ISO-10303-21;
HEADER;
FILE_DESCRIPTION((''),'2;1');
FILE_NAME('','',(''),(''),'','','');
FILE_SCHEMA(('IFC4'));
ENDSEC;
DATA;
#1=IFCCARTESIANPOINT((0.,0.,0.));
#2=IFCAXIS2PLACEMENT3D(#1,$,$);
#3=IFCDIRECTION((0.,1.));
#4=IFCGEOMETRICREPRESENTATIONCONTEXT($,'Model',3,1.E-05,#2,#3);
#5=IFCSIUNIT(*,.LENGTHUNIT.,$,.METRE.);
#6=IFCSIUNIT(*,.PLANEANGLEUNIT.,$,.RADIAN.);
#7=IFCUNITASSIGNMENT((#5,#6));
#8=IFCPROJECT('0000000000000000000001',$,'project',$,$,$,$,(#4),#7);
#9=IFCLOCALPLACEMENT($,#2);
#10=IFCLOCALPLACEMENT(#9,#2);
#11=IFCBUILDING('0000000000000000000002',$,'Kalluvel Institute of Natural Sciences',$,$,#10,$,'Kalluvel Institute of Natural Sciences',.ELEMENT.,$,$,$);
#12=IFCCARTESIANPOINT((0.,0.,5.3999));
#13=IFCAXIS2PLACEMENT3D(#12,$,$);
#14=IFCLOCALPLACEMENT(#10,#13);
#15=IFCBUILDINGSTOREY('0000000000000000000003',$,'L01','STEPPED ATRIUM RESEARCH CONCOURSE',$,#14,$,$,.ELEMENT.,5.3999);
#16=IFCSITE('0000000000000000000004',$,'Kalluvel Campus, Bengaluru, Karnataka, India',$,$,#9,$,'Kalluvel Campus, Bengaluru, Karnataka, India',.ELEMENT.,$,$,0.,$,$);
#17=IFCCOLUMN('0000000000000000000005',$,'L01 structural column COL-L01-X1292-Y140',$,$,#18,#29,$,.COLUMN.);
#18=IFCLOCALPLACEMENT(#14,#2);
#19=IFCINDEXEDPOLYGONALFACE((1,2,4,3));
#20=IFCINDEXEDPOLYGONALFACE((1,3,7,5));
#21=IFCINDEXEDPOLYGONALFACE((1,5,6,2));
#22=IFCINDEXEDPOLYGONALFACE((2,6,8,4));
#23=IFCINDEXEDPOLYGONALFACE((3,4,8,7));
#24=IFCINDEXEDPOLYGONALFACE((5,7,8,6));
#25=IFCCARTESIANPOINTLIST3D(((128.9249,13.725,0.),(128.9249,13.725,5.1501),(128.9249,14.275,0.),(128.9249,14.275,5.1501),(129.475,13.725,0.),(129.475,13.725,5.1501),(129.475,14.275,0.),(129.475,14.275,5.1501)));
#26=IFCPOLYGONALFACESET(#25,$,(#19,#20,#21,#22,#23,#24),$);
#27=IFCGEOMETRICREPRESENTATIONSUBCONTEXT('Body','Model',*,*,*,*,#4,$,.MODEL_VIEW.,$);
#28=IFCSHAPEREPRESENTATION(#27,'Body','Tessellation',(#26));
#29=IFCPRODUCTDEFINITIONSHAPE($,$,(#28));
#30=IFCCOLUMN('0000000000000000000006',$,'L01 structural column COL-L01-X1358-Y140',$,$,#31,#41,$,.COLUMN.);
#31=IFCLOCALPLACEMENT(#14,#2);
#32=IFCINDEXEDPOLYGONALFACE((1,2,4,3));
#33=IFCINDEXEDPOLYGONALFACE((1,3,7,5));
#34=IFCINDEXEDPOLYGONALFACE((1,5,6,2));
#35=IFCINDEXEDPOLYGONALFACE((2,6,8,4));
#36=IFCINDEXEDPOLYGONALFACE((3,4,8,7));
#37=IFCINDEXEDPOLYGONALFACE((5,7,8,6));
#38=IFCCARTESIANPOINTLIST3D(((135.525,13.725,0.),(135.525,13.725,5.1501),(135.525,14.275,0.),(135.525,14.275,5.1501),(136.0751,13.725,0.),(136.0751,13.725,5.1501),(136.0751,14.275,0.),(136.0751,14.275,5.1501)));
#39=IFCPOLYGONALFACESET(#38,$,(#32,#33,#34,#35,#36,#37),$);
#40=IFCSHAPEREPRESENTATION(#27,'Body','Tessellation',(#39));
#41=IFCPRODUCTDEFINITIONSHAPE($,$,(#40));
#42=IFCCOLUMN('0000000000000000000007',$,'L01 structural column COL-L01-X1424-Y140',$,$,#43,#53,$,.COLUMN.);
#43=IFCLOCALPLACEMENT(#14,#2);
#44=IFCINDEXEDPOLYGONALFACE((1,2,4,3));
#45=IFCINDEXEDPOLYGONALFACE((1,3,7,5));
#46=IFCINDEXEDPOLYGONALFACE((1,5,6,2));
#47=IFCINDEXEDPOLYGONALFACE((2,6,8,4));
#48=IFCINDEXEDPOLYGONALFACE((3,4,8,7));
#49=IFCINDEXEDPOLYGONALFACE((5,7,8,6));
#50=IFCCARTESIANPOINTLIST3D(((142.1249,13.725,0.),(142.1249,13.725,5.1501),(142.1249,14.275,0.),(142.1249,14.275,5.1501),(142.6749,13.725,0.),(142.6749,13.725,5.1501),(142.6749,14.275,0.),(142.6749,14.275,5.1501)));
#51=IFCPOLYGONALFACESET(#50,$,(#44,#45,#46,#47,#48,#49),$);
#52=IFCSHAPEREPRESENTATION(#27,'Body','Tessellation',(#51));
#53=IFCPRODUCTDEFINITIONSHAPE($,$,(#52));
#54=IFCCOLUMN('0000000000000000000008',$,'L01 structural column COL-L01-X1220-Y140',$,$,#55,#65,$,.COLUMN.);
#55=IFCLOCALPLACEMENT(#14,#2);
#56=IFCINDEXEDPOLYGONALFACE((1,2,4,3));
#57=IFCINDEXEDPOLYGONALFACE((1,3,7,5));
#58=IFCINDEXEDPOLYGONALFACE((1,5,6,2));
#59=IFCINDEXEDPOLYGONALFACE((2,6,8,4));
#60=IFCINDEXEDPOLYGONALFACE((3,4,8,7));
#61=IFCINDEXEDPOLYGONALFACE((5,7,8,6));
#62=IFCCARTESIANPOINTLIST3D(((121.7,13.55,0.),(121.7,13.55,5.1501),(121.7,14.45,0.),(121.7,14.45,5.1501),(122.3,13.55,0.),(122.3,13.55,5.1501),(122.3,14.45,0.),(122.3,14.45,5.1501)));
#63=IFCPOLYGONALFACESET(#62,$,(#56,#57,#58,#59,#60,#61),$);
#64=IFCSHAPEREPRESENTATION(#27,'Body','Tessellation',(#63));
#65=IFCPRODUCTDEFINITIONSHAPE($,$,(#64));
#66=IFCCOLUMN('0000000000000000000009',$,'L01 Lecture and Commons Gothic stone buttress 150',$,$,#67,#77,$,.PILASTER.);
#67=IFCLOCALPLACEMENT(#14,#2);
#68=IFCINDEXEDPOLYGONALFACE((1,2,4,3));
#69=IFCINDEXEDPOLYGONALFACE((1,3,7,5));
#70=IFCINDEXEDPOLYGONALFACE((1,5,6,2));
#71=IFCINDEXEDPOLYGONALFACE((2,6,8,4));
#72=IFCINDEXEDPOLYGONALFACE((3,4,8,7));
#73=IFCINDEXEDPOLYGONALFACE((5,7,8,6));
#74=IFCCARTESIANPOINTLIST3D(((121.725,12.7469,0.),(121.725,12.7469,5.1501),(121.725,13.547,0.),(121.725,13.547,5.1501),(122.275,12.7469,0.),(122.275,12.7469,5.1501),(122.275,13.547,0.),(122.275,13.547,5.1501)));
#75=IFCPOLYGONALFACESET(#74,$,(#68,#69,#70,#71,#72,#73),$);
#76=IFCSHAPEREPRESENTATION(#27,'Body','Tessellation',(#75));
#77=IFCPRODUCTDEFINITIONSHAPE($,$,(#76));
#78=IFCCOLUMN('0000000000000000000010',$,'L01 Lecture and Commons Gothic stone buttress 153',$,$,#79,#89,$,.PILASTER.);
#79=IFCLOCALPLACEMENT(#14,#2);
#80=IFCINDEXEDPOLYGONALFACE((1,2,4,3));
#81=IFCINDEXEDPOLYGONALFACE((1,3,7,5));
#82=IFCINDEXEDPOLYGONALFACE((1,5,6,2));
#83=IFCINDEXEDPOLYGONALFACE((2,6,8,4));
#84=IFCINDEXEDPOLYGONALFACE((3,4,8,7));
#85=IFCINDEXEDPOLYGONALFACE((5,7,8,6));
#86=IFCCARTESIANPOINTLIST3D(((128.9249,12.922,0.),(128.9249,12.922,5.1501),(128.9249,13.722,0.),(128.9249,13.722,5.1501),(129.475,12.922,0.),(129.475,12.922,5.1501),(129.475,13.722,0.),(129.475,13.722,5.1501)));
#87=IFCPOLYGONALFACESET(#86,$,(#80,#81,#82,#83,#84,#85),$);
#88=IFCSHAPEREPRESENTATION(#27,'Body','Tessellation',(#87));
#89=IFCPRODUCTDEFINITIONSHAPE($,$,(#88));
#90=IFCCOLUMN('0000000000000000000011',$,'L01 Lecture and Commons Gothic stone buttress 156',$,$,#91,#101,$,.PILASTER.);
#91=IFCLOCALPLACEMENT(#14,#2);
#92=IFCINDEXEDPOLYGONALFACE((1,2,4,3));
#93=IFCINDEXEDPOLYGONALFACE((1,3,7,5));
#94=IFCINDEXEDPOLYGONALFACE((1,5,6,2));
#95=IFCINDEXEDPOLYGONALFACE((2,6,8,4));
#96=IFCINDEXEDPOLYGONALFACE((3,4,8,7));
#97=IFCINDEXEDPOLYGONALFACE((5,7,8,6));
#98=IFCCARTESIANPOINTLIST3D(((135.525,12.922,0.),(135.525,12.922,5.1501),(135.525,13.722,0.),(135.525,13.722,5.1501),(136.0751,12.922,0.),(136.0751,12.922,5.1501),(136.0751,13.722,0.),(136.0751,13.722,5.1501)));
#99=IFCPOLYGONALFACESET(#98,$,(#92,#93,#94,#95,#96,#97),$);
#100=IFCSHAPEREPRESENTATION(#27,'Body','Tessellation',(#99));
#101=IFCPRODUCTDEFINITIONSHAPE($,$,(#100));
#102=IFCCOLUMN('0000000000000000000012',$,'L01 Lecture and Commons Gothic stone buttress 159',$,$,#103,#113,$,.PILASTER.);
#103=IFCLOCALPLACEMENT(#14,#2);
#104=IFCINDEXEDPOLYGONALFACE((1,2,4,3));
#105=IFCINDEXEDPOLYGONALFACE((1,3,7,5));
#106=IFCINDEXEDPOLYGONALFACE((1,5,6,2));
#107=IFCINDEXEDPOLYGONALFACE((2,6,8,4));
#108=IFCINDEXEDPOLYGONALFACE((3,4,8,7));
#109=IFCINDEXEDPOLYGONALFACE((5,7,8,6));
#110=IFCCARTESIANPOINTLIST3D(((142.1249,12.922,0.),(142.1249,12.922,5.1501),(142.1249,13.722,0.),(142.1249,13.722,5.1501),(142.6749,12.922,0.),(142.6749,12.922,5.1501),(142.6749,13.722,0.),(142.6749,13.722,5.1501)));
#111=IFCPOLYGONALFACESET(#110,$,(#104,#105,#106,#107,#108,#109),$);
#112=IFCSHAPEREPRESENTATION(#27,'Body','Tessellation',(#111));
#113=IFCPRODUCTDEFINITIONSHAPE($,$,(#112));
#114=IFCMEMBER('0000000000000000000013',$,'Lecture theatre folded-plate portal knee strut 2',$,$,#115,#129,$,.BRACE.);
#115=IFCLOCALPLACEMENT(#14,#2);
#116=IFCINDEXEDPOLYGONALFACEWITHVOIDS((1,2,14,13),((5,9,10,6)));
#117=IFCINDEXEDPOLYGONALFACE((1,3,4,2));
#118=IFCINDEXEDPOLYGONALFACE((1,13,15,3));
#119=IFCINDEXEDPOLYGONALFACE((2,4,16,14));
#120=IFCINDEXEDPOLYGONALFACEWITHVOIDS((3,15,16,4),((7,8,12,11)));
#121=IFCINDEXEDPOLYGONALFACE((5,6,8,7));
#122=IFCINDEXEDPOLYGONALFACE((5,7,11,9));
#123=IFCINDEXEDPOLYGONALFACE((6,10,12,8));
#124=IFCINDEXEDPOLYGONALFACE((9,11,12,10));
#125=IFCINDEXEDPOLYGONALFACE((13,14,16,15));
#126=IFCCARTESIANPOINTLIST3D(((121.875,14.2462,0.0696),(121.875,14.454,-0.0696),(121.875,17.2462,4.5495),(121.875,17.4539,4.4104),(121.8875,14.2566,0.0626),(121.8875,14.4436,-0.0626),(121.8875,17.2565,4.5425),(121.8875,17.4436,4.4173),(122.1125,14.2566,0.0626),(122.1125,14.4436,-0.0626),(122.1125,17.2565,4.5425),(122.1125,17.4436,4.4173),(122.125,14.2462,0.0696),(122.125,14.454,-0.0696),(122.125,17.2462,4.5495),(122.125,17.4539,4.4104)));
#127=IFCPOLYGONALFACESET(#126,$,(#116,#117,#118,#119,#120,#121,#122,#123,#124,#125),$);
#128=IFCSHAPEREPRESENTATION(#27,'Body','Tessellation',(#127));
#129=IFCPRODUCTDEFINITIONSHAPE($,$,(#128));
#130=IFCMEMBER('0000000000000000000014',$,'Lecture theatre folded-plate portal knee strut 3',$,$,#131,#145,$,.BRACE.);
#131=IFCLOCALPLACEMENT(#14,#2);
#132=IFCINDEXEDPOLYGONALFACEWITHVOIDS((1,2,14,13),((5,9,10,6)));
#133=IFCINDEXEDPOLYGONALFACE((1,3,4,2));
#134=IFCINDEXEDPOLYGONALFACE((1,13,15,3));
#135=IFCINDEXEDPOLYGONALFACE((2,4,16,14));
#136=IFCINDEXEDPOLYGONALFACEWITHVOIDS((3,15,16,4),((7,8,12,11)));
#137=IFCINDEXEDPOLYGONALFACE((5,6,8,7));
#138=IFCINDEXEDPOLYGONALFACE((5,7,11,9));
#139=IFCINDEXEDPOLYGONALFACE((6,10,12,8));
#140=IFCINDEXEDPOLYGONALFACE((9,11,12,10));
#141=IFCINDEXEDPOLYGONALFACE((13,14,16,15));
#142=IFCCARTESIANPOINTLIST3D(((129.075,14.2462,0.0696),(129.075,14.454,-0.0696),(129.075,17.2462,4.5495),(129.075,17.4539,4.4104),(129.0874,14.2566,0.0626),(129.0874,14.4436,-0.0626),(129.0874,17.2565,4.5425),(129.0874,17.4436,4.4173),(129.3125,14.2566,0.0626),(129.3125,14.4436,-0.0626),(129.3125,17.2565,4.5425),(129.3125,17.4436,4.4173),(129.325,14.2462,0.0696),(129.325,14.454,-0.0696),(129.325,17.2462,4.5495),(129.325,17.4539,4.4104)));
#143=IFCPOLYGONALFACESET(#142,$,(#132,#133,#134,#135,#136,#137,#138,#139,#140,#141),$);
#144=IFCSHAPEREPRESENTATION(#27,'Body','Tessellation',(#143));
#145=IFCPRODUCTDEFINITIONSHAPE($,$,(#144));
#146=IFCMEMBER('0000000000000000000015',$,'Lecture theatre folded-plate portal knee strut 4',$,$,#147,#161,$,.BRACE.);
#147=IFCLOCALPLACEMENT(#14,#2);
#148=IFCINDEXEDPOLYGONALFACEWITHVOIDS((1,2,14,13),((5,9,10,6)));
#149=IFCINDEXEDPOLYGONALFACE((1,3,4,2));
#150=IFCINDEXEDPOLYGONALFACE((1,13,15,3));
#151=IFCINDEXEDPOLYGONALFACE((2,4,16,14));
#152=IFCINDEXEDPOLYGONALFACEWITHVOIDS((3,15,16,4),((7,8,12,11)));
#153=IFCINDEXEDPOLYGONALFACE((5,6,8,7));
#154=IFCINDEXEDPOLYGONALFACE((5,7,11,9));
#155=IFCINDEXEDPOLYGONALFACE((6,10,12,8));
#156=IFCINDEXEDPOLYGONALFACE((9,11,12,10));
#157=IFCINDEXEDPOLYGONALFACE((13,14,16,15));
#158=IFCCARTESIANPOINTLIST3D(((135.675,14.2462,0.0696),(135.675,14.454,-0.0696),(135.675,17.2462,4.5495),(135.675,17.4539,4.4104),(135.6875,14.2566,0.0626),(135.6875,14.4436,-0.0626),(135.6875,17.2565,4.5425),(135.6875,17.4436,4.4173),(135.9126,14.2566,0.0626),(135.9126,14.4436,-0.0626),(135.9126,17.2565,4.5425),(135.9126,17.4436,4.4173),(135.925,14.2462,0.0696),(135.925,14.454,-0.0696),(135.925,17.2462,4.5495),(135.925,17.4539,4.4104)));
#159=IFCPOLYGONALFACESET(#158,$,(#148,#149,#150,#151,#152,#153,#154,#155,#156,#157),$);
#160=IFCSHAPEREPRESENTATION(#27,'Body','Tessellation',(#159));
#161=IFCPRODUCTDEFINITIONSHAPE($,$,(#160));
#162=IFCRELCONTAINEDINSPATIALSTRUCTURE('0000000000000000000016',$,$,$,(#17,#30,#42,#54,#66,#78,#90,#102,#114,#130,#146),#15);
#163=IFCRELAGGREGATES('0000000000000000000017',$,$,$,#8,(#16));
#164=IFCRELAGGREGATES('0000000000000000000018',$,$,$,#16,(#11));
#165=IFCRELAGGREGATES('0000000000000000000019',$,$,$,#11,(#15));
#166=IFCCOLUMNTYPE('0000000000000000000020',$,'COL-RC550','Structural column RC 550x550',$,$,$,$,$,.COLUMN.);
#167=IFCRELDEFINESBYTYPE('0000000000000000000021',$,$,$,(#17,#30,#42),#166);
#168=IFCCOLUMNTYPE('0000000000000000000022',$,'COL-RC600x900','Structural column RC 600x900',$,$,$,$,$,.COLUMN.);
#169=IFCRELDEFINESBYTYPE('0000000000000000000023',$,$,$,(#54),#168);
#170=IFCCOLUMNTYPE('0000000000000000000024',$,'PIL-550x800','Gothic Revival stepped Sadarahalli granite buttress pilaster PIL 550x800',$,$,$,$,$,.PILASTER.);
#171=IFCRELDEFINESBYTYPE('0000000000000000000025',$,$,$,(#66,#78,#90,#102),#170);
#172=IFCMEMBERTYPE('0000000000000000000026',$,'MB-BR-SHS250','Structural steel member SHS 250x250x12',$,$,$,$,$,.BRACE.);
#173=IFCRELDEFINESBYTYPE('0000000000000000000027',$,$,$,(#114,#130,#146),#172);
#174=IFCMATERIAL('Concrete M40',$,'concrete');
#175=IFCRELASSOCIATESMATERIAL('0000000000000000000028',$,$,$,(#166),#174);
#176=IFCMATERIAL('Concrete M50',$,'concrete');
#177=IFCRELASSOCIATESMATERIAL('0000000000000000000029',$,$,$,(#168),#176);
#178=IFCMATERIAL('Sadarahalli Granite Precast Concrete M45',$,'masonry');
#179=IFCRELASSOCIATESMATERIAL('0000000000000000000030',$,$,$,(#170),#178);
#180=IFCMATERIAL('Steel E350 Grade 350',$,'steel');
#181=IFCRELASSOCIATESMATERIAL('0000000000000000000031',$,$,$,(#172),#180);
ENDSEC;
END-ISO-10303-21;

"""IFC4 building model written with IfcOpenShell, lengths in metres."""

from ifc_helpers import new_model, si_unit, direction, frame, origin, origin_2d, place, context, subcontext, project, spatial, rectangle, hollow_rectangle, extrude, material, material_profile, profile_set, type_object, element, save


model = new_model("IFC4")

# Units and contexts
model_context = context("Model", 3, precision=1e-05, world=origin(), true_north=direction((0.0, 1.0)))
body_context = subcontext(model_context, "Body", "Model", "MODEL_VIEW")
ifc_project = project(units=[si_unit("LENGTHUNIT", "METRE"), si_unit("PLANEANGLEUNIT", "RADIAN")], contexts=[model_context])

# Site, building, storey
site_placement = place(None, origin())
site = spatial("IfcSite", under=ifc_project, at=site_placement, Name="Kalluvel Campus, Bengaluru, Karnataka, India", LongName="Kalluvel Campus, Bengaluru, Karnataka, India", CompositionType="ELEMENT", RefElevation=0.0)
building_placement = place(site_placement, origin())
building = spatial("IfcBuilding", under=site, at=building_placement, Name="Kalluvel Institute of Natural Sciences", LongName="Kalluvel Institute of Natural Sciences", CompositionType="ELEMENT")
storey_placement = place(building_placement, frame((0.0, 0.0, 5.3999)))
storey = spatial("IfcBuildingStorey", under=building, at=storey_placement, Name="L01", Description="STEPPED ATRIUM RESEARCH CONCOURSE", CompositionType="ELEMENT", Elevation=5.3999)

# Columns
ifc_material_1 = material(Name="Concrete M40", Category="concrete")
ifc_material_profile_1 = material_profile(ifc_material_1, rectangle(XDim=0.55, YDim=0.55, at=origin_2d()), Name="RC 550x550")
ifc_profile_set_1 = profile_set([ifc_material_profile_1], Name="Concrete M40")
column_type_1 = type_object("IfcColumnType", Name="COL-RC550", Description="Structural column RC 550x550", PredefinedType="COLUMN", material=ifc_profile_set_1)
for number, where, z_axis, x_axis, name in (
    (1, (129.2, 14.0, 0.0), (0.0, 0.0, 1.0), (1.0, 0.0, 0.0), "L01 structural column COL-L01-X1292-Y140"),
    (2, (135.8, 14.0, 0.0), (0.0, 0.0, 1.0), (1.0, 0.0, 0.0), "L01 structural column COL-L01-X1358-Y140"),
    (3, (142.3999, 14.0, 0.0), (0.0, 0.0, 1.0), (1.0, 0.0, 0.0), "L01 structural column COL-L01-X1424-Y140"),
):
    element("IfcColumn", number, at=place(storey_placement, frame(where, z_axis=z_axis, x_axis=x_axis)), inside=storey, type_object=column_type_1, Name=name, PredefinedType="COLUMN", context=body_context, shape_type="SweptSolid", body=[
        extrude(rectangle(XDim=0.55, YDim=0.55, at=origin_2d()), origin(), (0.0, 0.0, 1.0), 5.1501),
    ])
ifc_material_2 = material(Name="Concrete M50", Category="concrete")
ifc_material_profile_2 = material_profile(ifc_material_2, rectangle(XDim=0.6001, YDim=0.8999, at=origin_2d()), Name="RC 600x900")
ifc_profile_set_2 = profile_set([ifc_material_profile_2], Name="Concrete M50")
column_type_2 = type_object("IfcColumnType", Name="COL-RC600x900", Description="Structural column RC 600x900", PredefinedType="COLUMN", material=ifc_profile_set_2)
column_placement = place(storey_placement, frame((122.0, 14.0, 0.0), z_axis=(0.0, 0.0, 1.0), x_axis=(1.0, 0.0, 0.0)))
element("IfcColumn", 4, at=column_placement, inside=storey, type_object=column_type_2, Name="L01 structural column COL-L01-X1220-Y140", PredefinedType="COLUMN", context=body_context, shape_type="SweptSolid", body=[
    extrude(rectangle(XDim=0.6001, YDim=0.8999, at=origin_2d()), origin(), (0.0, 0.0, 1.0), 5.1501),
])
ifc_material_3 = material(Name="Sadarahalli Granite Precast Concrete M45", Category="masonry")
ifc_material_profile_3 = material_profile(ifc_material_3, rectangle(XDim=0.55, YDim=0.8, at=origin_2d()), Name="PIL 550x800")
ifc_profile_set_3 = profile_set([ifc_material_profile_3], Name="Sadarahalli Granite Precast Concrete M45")
column_type_3 = type_object("IfcColumnType", Name="PIL-550x800", Description="Gothic Revival stepped Sadarahalli granite buttress pilaster PIL 550x800", PredefinedType="PILASTER", material=ifc_profile_set_3)
for number, where, z_axis, x_axis, name in (
    (5, (122.0, 13.147, 0.0), (0.0, 0.0, 1.0), (1.0, 0.0, 0.0), "L01 Lecture and Commons Gothic stone buttress 150"),
    (6, (129.2, 13.322, 0.0), (0.0, 0.0, 1.0), (1.0, 0.0, 0.0), "L01 Lecture and Commons Gothic stone buttress 153"),
    (7, (135.8, 13.322, 0.0), (0.0, 0.0, 1.0), (1.0, 0.0, 0.0), "L01 Lecture and Commons Gothic stone buttress 156"),
    (8, (142.3999, 13.322, 0.0), (0.0, 0.0, 1.0), (1.0, 0.0, 0.0), "L01 Lecture and Commons Gothic stone buttress 159"),
):
    element("IfcColumn", number, at=place(storey_placement, frame(where, z_axis=z_axis, x_axis=x_axis)), inside=storey, type_object=column_type_3, Name=name, PredefinedType="PILASTER", context=body_context, shape_type="SweptSolid", body=[
        extrude(rectangle(XDim=0.55, YDim=0.8, at=origin_2d()), origin(), (0.0, 0.0, 1.0), 5.1501),
    ])

# Members
ifc_material_4 = material(Name="Steel E350 Grade 350", Category="steel")
ifc_material_profile_4 = material_profile(ifc_material_4, hollow_rectangle(XDim=0.25, YDim=0.25, WallThickness=0.0125, at=origin_2d()), Name="SHS 250x250x12")
ifc_profile_set_4 = profile_set([ifc_material_profile_4], Name="Steel E350 Grade 350")
member_type_1 = type_object("IfcMemberType", Name="MB-BR-SHS250", Description="Structural steel member SHS 250x250x12", PredefinedType="BRACE", material=ifc_profile_set_4)
for number, where, z_axis, x_axis, name in (
    (9, (122.0, 14.3501, 0.0), (0.0, 0.556413, 0.830906), (-1.0, 0.0, 0.0), "Lecture theatre folded-plate portal knee strut 2"),
    (10, (129.2, 14.3501, 0.0), (0.0, 0.556413, 0.830906), (-1.0, 0.0, 0.0), "Lecture theatre folded-plate portal knee strut 3"),
    (11, (135.8, 14.3501, 0.0), (0.0, 0.556413, 0.830906), (-1.0, 0.0, 0.0), "Lecture theatre folded-plate portal knee strut 4"),
):
    element("IfcMember", number, at=place(storey_placement, frame(where, z_axis=z_axis, x_axis=x_axis)), inside=storey, type_object=member_type_1, Name=name, PredefinedType="BRACE", context=body_context, shape_type="SweptSolid", body=[
        extrude(hollow_rectangle(XDim=0.25, YDim=0.25, WallThickness=0.0125, at=origin_2d()), origin(), (0.0, 0.0, 1.0), 5.3916),
    ])

save(model, "model.ifc")
